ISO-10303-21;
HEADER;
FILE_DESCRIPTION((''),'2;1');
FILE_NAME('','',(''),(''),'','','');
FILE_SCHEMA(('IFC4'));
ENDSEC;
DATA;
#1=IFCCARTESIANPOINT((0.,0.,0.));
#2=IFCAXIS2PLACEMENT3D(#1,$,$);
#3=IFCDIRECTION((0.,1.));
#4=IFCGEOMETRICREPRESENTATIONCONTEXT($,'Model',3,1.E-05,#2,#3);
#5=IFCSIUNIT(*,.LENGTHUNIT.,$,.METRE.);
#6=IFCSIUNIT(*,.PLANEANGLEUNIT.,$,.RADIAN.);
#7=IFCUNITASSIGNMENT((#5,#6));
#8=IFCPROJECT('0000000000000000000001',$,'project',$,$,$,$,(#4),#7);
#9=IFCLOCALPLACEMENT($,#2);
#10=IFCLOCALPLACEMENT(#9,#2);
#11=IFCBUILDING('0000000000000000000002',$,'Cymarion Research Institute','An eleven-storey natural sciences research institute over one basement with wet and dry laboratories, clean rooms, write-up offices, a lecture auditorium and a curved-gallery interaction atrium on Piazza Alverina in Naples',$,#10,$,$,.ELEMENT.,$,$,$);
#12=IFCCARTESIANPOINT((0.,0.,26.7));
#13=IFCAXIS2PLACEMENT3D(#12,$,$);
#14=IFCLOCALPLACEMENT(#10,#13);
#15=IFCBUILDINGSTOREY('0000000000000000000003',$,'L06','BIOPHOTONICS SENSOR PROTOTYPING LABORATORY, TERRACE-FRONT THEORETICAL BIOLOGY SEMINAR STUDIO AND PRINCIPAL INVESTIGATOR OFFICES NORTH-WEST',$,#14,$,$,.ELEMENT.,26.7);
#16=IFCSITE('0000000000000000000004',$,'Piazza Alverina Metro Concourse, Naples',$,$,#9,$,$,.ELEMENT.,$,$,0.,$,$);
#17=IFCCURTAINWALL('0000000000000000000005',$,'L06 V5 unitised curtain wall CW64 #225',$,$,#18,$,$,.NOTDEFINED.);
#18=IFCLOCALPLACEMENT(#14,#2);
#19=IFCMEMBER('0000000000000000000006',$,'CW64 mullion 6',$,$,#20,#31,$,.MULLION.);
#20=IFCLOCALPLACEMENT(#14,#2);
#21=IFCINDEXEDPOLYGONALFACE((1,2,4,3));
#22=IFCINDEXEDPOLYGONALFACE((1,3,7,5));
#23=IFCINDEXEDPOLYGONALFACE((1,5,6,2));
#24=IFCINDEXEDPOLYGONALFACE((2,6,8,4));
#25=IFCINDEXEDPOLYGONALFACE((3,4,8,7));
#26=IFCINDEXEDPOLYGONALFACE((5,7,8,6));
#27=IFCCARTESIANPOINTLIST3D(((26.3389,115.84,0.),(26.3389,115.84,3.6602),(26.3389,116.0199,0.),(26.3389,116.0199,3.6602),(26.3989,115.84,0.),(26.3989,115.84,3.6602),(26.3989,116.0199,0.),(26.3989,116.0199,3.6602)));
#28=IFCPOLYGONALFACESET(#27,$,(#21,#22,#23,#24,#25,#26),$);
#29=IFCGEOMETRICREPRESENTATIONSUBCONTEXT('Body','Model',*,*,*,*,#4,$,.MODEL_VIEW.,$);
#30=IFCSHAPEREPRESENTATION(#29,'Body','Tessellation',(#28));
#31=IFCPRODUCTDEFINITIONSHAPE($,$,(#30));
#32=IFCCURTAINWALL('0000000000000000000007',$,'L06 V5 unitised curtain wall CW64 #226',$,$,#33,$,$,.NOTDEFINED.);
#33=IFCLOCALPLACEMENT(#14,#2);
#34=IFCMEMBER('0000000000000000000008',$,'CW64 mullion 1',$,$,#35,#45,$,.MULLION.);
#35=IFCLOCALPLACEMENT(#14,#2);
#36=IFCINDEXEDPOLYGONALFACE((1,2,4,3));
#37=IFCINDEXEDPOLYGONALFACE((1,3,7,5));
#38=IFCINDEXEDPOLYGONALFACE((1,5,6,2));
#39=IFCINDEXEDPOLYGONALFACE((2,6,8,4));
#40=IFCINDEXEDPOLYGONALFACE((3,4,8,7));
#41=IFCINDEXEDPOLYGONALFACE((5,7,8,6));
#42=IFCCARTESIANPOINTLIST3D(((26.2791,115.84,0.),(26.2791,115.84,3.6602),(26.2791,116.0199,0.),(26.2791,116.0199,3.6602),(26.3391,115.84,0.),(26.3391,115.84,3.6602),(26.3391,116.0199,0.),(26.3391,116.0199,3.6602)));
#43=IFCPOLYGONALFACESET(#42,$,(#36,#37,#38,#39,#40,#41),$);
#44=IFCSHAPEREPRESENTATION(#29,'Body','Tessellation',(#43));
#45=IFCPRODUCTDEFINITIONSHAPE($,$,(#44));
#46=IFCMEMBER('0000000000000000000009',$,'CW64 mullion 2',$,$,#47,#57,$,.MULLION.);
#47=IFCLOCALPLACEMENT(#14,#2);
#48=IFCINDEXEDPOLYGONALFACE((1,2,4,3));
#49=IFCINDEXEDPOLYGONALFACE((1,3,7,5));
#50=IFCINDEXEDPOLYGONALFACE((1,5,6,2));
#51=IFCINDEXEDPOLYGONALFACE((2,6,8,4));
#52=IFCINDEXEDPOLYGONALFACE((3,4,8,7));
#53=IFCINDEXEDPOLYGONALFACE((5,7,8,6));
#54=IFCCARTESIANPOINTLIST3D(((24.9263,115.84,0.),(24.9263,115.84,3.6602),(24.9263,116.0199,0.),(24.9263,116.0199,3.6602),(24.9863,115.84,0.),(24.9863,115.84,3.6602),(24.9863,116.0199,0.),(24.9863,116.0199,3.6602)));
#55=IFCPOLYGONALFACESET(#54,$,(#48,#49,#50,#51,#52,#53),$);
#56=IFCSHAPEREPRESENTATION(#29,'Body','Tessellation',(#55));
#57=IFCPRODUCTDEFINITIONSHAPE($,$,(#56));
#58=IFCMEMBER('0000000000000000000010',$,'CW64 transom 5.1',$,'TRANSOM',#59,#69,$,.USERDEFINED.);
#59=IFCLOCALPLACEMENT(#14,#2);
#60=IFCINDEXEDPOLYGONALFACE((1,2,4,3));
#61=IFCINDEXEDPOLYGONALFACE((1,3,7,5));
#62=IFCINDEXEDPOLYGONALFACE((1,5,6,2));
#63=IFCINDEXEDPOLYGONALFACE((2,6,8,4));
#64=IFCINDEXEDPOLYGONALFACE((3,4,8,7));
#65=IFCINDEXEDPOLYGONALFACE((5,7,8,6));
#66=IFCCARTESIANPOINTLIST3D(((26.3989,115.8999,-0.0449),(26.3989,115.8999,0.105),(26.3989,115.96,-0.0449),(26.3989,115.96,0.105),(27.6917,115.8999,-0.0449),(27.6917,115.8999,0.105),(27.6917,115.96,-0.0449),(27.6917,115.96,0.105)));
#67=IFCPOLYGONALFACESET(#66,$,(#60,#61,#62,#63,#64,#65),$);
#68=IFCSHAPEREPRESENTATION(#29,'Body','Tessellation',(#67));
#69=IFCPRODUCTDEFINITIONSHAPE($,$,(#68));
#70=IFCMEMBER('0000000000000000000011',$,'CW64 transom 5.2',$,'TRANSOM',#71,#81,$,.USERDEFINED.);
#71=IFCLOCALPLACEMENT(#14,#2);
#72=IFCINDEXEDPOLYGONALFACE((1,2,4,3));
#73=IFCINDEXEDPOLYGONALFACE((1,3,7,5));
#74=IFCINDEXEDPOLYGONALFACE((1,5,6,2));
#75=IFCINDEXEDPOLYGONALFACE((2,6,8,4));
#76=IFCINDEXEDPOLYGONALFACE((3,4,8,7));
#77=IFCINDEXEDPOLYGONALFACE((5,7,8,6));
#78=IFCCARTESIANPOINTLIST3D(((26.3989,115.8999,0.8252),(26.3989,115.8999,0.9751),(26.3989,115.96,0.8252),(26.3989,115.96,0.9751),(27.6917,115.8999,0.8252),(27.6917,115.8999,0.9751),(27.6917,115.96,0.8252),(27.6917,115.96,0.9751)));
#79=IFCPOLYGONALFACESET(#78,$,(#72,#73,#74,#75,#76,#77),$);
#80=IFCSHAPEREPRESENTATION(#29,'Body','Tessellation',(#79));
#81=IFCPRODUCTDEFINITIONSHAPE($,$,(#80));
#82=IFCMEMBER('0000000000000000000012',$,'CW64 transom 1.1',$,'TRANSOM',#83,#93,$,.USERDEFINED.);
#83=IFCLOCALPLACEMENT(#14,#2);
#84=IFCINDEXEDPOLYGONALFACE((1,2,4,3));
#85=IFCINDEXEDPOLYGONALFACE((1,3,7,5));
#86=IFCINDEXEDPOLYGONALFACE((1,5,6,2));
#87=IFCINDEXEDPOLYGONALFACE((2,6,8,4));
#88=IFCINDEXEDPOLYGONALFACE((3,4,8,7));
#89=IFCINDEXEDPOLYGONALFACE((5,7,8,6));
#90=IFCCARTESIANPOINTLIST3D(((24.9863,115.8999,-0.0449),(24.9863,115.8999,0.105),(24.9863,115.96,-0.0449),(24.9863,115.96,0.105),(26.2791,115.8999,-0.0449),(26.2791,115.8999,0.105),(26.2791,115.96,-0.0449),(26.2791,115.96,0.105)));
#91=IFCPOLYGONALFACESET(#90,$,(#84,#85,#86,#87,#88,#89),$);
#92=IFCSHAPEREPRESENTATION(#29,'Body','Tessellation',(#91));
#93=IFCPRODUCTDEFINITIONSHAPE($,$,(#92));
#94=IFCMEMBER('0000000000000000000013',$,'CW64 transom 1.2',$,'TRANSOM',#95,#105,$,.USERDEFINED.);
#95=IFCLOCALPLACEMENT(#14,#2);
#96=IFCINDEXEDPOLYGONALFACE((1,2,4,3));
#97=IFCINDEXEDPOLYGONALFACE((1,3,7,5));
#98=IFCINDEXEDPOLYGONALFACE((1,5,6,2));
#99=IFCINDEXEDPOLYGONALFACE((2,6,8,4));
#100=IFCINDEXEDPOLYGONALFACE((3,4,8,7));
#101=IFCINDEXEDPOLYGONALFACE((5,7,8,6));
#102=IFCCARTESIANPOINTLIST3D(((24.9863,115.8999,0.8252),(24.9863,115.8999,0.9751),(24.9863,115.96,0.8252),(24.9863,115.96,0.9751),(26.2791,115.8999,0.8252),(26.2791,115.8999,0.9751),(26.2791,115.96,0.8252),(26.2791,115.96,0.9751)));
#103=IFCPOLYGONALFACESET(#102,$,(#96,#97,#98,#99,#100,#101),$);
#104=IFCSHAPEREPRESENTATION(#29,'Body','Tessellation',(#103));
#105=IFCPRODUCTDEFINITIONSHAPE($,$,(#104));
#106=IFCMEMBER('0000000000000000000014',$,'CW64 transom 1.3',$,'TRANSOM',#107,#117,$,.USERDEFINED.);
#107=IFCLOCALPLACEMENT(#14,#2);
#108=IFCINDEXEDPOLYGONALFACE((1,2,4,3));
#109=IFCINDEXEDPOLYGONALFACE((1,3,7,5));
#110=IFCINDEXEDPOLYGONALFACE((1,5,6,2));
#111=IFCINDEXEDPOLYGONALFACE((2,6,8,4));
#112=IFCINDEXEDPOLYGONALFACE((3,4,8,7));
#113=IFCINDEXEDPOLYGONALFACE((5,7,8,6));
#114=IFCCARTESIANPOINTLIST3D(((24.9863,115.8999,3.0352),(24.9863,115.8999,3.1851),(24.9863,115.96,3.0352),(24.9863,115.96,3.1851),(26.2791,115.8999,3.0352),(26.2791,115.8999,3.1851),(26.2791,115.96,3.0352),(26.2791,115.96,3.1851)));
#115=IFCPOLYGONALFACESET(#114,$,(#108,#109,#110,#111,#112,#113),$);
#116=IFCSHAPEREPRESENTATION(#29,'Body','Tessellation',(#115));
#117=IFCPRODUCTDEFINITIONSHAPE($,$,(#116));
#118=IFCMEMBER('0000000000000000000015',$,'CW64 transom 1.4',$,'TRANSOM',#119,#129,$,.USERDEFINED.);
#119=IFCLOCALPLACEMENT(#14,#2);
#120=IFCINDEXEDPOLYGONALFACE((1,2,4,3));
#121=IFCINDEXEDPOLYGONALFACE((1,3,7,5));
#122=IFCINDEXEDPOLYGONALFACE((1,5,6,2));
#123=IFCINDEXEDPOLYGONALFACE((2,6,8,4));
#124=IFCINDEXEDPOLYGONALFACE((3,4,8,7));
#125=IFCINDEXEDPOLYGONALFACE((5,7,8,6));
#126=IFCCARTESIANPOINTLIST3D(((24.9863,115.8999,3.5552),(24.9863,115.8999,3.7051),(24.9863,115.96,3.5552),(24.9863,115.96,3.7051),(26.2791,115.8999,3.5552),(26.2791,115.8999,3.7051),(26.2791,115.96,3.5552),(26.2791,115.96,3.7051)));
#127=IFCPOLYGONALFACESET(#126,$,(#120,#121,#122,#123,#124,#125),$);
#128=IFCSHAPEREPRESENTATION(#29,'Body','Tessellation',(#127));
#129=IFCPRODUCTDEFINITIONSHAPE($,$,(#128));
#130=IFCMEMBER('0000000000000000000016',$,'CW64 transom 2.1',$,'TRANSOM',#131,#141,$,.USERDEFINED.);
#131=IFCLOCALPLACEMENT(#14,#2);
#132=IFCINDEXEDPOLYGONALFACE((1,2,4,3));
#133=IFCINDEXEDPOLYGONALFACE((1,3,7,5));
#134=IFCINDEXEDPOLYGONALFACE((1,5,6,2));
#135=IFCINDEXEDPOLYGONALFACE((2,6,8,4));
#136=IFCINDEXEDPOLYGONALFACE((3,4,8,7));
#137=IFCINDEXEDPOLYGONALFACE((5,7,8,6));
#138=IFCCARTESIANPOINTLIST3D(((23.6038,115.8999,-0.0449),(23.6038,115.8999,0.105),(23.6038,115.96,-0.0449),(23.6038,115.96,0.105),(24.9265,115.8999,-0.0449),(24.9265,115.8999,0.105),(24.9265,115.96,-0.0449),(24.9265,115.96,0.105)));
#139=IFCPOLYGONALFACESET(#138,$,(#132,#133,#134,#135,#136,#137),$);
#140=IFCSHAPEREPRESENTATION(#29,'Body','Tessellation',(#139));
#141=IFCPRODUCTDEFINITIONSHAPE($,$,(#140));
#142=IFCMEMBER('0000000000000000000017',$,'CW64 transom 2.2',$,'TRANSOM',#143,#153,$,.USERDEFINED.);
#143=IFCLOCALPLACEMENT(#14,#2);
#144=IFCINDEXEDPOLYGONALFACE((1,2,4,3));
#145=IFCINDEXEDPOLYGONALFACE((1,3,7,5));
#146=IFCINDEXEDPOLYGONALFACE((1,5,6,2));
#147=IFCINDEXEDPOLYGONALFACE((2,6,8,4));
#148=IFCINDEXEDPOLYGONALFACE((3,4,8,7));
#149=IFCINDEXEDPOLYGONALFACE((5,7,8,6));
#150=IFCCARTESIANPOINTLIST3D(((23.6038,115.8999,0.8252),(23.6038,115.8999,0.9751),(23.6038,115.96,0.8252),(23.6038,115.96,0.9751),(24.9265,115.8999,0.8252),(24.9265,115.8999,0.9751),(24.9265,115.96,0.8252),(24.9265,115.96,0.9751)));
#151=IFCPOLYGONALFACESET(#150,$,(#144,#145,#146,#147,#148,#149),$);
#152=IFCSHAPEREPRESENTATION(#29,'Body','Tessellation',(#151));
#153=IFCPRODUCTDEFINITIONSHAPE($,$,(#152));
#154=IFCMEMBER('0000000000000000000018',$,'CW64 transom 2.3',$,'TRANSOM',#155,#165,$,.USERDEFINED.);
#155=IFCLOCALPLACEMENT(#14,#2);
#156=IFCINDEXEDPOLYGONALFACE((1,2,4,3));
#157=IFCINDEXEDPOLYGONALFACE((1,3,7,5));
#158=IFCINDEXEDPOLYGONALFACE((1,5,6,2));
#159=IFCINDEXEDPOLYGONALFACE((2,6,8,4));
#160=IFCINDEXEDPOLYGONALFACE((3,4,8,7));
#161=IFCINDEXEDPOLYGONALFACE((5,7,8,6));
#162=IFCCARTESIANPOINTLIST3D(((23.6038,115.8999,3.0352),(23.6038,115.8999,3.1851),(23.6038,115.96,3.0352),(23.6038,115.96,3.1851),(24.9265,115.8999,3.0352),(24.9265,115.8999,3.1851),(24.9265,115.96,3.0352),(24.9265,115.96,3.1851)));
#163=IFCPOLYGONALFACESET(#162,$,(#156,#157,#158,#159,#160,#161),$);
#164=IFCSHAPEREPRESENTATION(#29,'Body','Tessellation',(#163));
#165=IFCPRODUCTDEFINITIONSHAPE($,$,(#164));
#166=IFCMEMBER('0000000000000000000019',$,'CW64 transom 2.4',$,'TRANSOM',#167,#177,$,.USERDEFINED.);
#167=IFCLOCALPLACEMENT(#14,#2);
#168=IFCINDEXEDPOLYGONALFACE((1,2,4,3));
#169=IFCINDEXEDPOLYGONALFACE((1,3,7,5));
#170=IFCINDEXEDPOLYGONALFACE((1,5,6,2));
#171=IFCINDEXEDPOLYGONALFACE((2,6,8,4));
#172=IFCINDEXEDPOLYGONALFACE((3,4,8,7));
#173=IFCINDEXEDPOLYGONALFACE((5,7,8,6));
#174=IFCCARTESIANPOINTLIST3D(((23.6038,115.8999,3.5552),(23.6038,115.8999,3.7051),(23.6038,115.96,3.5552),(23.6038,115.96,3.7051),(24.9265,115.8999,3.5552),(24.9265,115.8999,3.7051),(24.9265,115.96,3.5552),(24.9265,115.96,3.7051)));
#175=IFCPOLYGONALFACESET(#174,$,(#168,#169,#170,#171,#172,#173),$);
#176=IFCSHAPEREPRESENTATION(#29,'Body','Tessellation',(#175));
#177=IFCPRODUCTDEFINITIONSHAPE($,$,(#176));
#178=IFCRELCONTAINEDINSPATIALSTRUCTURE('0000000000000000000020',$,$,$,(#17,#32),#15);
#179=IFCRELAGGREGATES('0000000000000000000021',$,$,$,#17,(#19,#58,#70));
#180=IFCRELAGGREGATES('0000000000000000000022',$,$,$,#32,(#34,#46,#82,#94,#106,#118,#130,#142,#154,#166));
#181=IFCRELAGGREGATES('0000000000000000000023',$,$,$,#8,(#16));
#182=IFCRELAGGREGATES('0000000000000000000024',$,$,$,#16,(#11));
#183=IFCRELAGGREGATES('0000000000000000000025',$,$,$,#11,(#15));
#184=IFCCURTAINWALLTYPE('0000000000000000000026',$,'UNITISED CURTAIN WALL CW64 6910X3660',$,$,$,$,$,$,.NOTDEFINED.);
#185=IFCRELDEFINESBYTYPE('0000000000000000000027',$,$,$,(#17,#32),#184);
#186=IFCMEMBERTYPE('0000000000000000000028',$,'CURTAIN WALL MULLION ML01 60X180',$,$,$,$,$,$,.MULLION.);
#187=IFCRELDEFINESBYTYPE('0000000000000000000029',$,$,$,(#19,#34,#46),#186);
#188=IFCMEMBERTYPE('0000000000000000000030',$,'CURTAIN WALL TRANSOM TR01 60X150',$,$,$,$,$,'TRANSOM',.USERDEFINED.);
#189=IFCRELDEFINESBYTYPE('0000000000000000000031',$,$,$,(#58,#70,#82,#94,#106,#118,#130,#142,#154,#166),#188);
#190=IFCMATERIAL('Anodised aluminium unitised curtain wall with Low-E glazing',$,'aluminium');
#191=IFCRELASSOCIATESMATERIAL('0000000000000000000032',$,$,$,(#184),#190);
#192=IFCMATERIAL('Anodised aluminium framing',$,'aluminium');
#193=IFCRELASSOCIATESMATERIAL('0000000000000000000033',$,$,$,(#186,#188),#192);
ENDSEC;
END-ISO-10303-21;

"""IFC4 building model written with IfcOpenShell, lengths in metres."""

from ifc_helpers import new_model, si_unit, direction, frame, origin, origin_2d, place, context, subcontext, project, spatial, rectangle, extrude, material, material_profile, profile_set, type_object, element, aggregate, save


model = new_model("IFC4")

# Units and contexts
model_context = context("Model", 3, precision=1e-05, world=origin(), true_north=direction((0.0, 1.0)))
body_context = subcontext(model_context, "Body", "Model", "MODEL_VIEW")
ifc_project = project(units=[si_unit("LENGTHUNIT", "METRE"), si_unit("PLANEANGLEUNIT", "RADIAN")], contexts=[model_context])

# Site, building, storey
site_placement = place(None, origin())
site = spatial("IfcSite", under=ifc_project, at=site_placement, Name="Piazza Alverina Metro Concourse, Naples", CompositionType="ELEMENT", RefElevation=0.0)
building_placement = place(site_placement, origin())
building = spatial("IfcBuilding", under=site, at=building_placement, Name="Cymarion Research Institute", Description="An eleven-storey natural sciences research institute over one basement with wet and dry laboratories, clean rooms, write-up offices, a lecture auditorium and a curved-gallery interaction atrium on Piazza Alverina in Naples", CompositionType="ELEMENT")
storey_placement = place(building_placement, frame((0.0, 0.0, 26.7)))
storey = spatial("IfcBuildingStorey", under=building, at=storey_placement, Name="L06", Description="BIOPHOTONICS SENSOR PROTOTYPING LABORATORY, TERRACE-FRONT THEORETICAL BIOLOGY SEMINAR STUDIO AND PRINCIPAL INVESTIGATOR OFFICES NORTH-WEST", CompositionType="ELEMENT", Elevation=26.7)

# Curtain wall, member
ifc_material_1 = material(Name="Anodised aluminium unitised curtain wall with Low-E glazing", Category="aluminium")
curtain_wall_type = type_object("IfcCurtainWallType", Name="UNITISED CURTAIN WALL CW64 6910X3660", PredefinedType="NOTDEFINED", material=ifc_material_1)
curtain_wall_1_placement = place(storey_placement, origin())
curtain_wall_1 = element("IfcCurtainWall", 1, at=curtain_wall_1_placement, inside=storey, type_object=curtain_wall_type, Name="L06 V5 unitised curtain wall CW64 #225", PredefinedType="NOTDEFINED")
ifc_material_2 = material(Name="Anodised aluminium framing", Category="aluminium")
ifc_material_profile_1 = material_profile(ifc_material_2, rectangle(XDim=0.0601, YDim=0.1799, at=origin_2d()), Name="ALU MULLION 60x180")
ifc_profile_set_1 = profile_set([ifc_material_profile_1], Name="Anodised aluminium framing")
member_type_1 = type_object("IfcMemberType", Name="CURTAIN WALL MULLION ML01 60X180", PredefinedType="MULLION", material=ifc_profile_set_1)
member_1_placement = place(storey_placement, frame((26.3689, 115.9299, 0.0), z_axis=(0.0, 0.0, 1.0), x_axis=(-1.0, 0.0, 0.0)))
member_1 = element("IfcMember", 2, at=member_1_placement, type_object=member_type_1, Name="CW64 mullion 6", PredefinedType="MULLION", context=body_context, shape_type="SweptSolid", body=[
    extrude(rectangle(XDim=0.0601, YDim=0.1799, at=origin_2d()), origin(), (0.0, 0.0, 1.0), 3.6602),
])

# Curtain wall, members
curtain_wall_2_placement = place(storey_placement, origin())
curtain_wall_2 = element("IfcCurtainWall", 3, at=curtain_wall_2_placement, inside=storey, type_object=curtain_wall_type, Name="L06 V5 unitised curtain wall CW64 #226", PredefinedType="NOTDEFINED")
member_2_placement = place(storey_placement, frame((26.3091, 115.9299, 0.0), z_axis=(0.0, 0.0, 1.0), x_axis=(-1.0, 0.0, 0.0)))
member_2 = element("IfcMember", 4, at=member_2_placement, type_object=member_type_1, Name="CW64 mullion 1", PredefinedType="MULLION", context=body_context, shape_type="SweptSolid", body=[
    extrude(rectangle(XDim=0.0601, YDim=0.1799, at=origin_2d()), origin(), (0.0, 0.0, 1.0), 3.6602),
])
member_3_placement = place(storey_placement, frame((24.9563, 115.9299, 0.0), z_axis=(0.0, 0.0, 1.0), x_axis=(-1.0, 0.0, 0.0)))
member_3 = element("IfcMember", 5, at=member_3_placement, type_object=member_type_1, Name="CW64 mullion 2", PredefinedType="MULLION", context=body_context, shape_type="SweptSolid", body=[
    extrude(rectangle(XDim=0.0601, YDim=0.1799, at=origin_2d()), origin(), (0.0, 0.0, 1.0), 3.6602),
])

# Members
ifc_material_profile_2 = material_profile(ifc_material_2, rectangle(XDim=0.0601, YDim=0.1499, at=origin_2d()), Name="ALU TRANSOM 60x150")
ifc_profile_set_2 = profile_set([ifc_material_profile_2], Name="Anodised aluminium framing")
member_type_2 = type_object("IfcMemberType", Name="CURTAIN WALL TRANSOM TR01 60X150", ElementType="TRANSOM", PredefinedType="USERDEFINED", material=ifc_profile_set_2)
member_4_placement = place(storey_placement, frame((27.6917, 115.9299, 0.03), z_axis=(-1.0, 0.0, 0.0), x_axis=(0.0, -1.0, 0.0)))
member_4 = element("IfcMember", 6, at=member_4_placement, type_object=member_type_2, Name="CW64 transom 5.1", ObjectType="TRANSOM", PredefinedType="USERDEFINED", context=body_context, shape_type="SweptSolid", body=[
    extrude(rectangle(XDim=0.0601, YDim=0.1499, at=origin_2d()), origin(), (0.0, 0.0, 1.0), 1.2927),
])
member_5_placement = place(storey_placement, frame((27.6917, 115.9299, 0.9001), z_axis=(-1.0, 0.0, 0.0), x_axis=(0.0, -1.0, 0.0)))
member_5 = element("IfcMember", 7, at=member_5_placement, type_object=member_type_2, Name="CW64 transom 5.2", ObjectType="TRANSOM", PredefinedType="USERDEFINED", context=body_context, shape_type="SweptSolid", body=[
    extrude(rectangle(XDim=0.0601, YDim=0.1499, at=origin_2d()), origin(), (0.0, 0.0, 1.0), 1.2927),
])
member_6_placement = place(storey_placement, frame((26.2791, 115.9299, 0.03), z_axis=(-1.0, 0.0, 0.0), x_axis=(0.0, -1.0, 0.0)))
member_6 = element("IfcMember", 8, at=member_6_placement, type_object=member_type_2, Name="CW64 transom 1.1", ObjectType="TRANSOM", PredefinedType="USERDEFINED", context=body_context, shape_type="SweptSolid", body=[
    extrude(rectangle(XDim=0.0601, YDim=0.1499, at=origin_2d()), origin(), (0.0, 0.0, 1.0), 1.2927),
])
member_7_placement = place(storey_placement, frame((26.2791, 115.9299, 0.9001), z_axis=(-1.0, 0.0, 0.0), x_axis=(0.0, -1.0, 0.0)))
member_7 = element("IfcMember", 9, at=member_7_placement, type_object=member_type_2, Name="CW64 transom 1.2", ObjectType="TRANSOM", PredefinedType="USERDEFINED", context=body_context, shape_type="SweptSolid", body=[
    extrude(rectangle(XDim=0.0601, YDim=0.1499, at=origin_2d()), origin(), (0.0, 0.0, 1.0), 1.2927),
])
member_8_placement = place(storey_placement, frame((26.2791, 115.9299, 3.1101), z_axis=(-1.0, 0.0, 0.0), x_axis=(0.0, -1.0, 0.0)))
member_8 = element("IfcMember", 10, at=member_8_placement, type_object=member_type_2, Name="CW64 transom 1.3", ObjectType="TRANSOM", PredefinedType="USERDEFINED", context=body_context, shape_type="SweptSolid", body=[
    extrude(rectangle(XDim=0.0601, YDim=0.1499, at=origin_2d()), origin(), (0.0, 0.0, 1.0), 1.2927),
])
member_9_placement = place(storey_placement, frame((26.2791, 115.9299, 3.6301), z_axis=(-1.0, 0.0, 0.0), x_axis=(0.0, -1.0, 0.0)))
member_9 = element("IfcMember", 11, at=member_9_placement, type_object=member_type_2, Name="CW64 transom 1.4", ObjectType="TRANSOM", PredefinedType="USERDEFINED", context=body_context, shape_type="SweptSolid", body=[
    extrude(rectangle(XDim=0.0601, YDim=0.1499, at=origin_2d()), origin(), (0.0, 0.0, 1.0), 1.2927),
])
member_10_placement = place(storey_placement, frame((24.9265, 115.9299, 0.03), z_axis=(-1.0, 0.0, 0.0), x_axis=(0.0, -1.0, 0.0)))
member_10 = element("IfcMember", 12, at=member_10_placement, type_object=member_type_2, Name="CW64 transom 2.1", ObjectType="TRANSOM", PredefinedType="USERDEFINED", context=body_context, shape_type="SweptSolid", body=[
    extrude(rectangle(XDim=0.0601, YDim=0.1499, at=origin_2d()), origin(), (0.0, 0.0, 1.0), 1.3228),
])
member_11_placement = place(storey_placement, frame((24.9265, 115.9299, 0.9001), z_axis=(-1.0, 0.0, 0.0), x_axis=(0.0, -1.0, 0.0)))
member_11 = element("IfcMember", 13, at=member_11_placement, type_object=member_type_2, Name="CW64 transom 2.2", ObjectType="TRANSOM", PredefinedType="USERDEFINED", context=body_context, shape_type="SweptSolid", body=[
    extrude(rectangle(XDim=0.0601, YDim=0.1499, at=origin_2d()), origin(), (0.0, 0.0, 1.0), 1.3228),
])
member_12_placement = place(storey_placement, frame((24.9265, 115.9299, 3.1101), z_axis=(-1.0, 0.0, 0.0), x_axis=(0.0, -1.0, 0.0)))
member_12 = element("IfcMember", 14, at=member_12_placement, type_object=member_type_2, Name="CW64 transom 2.3", ObjectType="TRANSOM", PredefinedType="USERDEFINED", context=body_context, shape_type="SweptSolid", body=[
    extrude(rectangle(XDim=0.0601, YDim=0.1499, at=origin_2d()), origin(), (0.0, 0.0, 1.0), 1.3228),
])
member_13_placement = place(storey_placement, frame((24.9265, 115.9299, 3.6301), z_axis=(-1.0, 0.0, 0.0), x_axis=(0.0, -1.0, 0.0)))
member_13 = element("IfcMember", 15, at=member_13_placement, type_object=member_type_2, Name="CW64 transom 2.4", ObjectType="TRANSOM", PredefinedType="USERDEFINED", context=body_context, shape_type="SweptSolid", body=[
    extrude(rectangle(XDim=0.0601, YDim=0.1499, at=origin_2d()), origin(), (0.0, 0.0, 1.0), 1.3228),
])

aggregate(curtain_wall_1, [member_1, member_4, member_5])
aggregate(curtain_wall_2, [member_2, member_3, member_6, member_7, member_8, member_9, member_10, member_11, member_12, member_13])

save(model, "model.ifc")
